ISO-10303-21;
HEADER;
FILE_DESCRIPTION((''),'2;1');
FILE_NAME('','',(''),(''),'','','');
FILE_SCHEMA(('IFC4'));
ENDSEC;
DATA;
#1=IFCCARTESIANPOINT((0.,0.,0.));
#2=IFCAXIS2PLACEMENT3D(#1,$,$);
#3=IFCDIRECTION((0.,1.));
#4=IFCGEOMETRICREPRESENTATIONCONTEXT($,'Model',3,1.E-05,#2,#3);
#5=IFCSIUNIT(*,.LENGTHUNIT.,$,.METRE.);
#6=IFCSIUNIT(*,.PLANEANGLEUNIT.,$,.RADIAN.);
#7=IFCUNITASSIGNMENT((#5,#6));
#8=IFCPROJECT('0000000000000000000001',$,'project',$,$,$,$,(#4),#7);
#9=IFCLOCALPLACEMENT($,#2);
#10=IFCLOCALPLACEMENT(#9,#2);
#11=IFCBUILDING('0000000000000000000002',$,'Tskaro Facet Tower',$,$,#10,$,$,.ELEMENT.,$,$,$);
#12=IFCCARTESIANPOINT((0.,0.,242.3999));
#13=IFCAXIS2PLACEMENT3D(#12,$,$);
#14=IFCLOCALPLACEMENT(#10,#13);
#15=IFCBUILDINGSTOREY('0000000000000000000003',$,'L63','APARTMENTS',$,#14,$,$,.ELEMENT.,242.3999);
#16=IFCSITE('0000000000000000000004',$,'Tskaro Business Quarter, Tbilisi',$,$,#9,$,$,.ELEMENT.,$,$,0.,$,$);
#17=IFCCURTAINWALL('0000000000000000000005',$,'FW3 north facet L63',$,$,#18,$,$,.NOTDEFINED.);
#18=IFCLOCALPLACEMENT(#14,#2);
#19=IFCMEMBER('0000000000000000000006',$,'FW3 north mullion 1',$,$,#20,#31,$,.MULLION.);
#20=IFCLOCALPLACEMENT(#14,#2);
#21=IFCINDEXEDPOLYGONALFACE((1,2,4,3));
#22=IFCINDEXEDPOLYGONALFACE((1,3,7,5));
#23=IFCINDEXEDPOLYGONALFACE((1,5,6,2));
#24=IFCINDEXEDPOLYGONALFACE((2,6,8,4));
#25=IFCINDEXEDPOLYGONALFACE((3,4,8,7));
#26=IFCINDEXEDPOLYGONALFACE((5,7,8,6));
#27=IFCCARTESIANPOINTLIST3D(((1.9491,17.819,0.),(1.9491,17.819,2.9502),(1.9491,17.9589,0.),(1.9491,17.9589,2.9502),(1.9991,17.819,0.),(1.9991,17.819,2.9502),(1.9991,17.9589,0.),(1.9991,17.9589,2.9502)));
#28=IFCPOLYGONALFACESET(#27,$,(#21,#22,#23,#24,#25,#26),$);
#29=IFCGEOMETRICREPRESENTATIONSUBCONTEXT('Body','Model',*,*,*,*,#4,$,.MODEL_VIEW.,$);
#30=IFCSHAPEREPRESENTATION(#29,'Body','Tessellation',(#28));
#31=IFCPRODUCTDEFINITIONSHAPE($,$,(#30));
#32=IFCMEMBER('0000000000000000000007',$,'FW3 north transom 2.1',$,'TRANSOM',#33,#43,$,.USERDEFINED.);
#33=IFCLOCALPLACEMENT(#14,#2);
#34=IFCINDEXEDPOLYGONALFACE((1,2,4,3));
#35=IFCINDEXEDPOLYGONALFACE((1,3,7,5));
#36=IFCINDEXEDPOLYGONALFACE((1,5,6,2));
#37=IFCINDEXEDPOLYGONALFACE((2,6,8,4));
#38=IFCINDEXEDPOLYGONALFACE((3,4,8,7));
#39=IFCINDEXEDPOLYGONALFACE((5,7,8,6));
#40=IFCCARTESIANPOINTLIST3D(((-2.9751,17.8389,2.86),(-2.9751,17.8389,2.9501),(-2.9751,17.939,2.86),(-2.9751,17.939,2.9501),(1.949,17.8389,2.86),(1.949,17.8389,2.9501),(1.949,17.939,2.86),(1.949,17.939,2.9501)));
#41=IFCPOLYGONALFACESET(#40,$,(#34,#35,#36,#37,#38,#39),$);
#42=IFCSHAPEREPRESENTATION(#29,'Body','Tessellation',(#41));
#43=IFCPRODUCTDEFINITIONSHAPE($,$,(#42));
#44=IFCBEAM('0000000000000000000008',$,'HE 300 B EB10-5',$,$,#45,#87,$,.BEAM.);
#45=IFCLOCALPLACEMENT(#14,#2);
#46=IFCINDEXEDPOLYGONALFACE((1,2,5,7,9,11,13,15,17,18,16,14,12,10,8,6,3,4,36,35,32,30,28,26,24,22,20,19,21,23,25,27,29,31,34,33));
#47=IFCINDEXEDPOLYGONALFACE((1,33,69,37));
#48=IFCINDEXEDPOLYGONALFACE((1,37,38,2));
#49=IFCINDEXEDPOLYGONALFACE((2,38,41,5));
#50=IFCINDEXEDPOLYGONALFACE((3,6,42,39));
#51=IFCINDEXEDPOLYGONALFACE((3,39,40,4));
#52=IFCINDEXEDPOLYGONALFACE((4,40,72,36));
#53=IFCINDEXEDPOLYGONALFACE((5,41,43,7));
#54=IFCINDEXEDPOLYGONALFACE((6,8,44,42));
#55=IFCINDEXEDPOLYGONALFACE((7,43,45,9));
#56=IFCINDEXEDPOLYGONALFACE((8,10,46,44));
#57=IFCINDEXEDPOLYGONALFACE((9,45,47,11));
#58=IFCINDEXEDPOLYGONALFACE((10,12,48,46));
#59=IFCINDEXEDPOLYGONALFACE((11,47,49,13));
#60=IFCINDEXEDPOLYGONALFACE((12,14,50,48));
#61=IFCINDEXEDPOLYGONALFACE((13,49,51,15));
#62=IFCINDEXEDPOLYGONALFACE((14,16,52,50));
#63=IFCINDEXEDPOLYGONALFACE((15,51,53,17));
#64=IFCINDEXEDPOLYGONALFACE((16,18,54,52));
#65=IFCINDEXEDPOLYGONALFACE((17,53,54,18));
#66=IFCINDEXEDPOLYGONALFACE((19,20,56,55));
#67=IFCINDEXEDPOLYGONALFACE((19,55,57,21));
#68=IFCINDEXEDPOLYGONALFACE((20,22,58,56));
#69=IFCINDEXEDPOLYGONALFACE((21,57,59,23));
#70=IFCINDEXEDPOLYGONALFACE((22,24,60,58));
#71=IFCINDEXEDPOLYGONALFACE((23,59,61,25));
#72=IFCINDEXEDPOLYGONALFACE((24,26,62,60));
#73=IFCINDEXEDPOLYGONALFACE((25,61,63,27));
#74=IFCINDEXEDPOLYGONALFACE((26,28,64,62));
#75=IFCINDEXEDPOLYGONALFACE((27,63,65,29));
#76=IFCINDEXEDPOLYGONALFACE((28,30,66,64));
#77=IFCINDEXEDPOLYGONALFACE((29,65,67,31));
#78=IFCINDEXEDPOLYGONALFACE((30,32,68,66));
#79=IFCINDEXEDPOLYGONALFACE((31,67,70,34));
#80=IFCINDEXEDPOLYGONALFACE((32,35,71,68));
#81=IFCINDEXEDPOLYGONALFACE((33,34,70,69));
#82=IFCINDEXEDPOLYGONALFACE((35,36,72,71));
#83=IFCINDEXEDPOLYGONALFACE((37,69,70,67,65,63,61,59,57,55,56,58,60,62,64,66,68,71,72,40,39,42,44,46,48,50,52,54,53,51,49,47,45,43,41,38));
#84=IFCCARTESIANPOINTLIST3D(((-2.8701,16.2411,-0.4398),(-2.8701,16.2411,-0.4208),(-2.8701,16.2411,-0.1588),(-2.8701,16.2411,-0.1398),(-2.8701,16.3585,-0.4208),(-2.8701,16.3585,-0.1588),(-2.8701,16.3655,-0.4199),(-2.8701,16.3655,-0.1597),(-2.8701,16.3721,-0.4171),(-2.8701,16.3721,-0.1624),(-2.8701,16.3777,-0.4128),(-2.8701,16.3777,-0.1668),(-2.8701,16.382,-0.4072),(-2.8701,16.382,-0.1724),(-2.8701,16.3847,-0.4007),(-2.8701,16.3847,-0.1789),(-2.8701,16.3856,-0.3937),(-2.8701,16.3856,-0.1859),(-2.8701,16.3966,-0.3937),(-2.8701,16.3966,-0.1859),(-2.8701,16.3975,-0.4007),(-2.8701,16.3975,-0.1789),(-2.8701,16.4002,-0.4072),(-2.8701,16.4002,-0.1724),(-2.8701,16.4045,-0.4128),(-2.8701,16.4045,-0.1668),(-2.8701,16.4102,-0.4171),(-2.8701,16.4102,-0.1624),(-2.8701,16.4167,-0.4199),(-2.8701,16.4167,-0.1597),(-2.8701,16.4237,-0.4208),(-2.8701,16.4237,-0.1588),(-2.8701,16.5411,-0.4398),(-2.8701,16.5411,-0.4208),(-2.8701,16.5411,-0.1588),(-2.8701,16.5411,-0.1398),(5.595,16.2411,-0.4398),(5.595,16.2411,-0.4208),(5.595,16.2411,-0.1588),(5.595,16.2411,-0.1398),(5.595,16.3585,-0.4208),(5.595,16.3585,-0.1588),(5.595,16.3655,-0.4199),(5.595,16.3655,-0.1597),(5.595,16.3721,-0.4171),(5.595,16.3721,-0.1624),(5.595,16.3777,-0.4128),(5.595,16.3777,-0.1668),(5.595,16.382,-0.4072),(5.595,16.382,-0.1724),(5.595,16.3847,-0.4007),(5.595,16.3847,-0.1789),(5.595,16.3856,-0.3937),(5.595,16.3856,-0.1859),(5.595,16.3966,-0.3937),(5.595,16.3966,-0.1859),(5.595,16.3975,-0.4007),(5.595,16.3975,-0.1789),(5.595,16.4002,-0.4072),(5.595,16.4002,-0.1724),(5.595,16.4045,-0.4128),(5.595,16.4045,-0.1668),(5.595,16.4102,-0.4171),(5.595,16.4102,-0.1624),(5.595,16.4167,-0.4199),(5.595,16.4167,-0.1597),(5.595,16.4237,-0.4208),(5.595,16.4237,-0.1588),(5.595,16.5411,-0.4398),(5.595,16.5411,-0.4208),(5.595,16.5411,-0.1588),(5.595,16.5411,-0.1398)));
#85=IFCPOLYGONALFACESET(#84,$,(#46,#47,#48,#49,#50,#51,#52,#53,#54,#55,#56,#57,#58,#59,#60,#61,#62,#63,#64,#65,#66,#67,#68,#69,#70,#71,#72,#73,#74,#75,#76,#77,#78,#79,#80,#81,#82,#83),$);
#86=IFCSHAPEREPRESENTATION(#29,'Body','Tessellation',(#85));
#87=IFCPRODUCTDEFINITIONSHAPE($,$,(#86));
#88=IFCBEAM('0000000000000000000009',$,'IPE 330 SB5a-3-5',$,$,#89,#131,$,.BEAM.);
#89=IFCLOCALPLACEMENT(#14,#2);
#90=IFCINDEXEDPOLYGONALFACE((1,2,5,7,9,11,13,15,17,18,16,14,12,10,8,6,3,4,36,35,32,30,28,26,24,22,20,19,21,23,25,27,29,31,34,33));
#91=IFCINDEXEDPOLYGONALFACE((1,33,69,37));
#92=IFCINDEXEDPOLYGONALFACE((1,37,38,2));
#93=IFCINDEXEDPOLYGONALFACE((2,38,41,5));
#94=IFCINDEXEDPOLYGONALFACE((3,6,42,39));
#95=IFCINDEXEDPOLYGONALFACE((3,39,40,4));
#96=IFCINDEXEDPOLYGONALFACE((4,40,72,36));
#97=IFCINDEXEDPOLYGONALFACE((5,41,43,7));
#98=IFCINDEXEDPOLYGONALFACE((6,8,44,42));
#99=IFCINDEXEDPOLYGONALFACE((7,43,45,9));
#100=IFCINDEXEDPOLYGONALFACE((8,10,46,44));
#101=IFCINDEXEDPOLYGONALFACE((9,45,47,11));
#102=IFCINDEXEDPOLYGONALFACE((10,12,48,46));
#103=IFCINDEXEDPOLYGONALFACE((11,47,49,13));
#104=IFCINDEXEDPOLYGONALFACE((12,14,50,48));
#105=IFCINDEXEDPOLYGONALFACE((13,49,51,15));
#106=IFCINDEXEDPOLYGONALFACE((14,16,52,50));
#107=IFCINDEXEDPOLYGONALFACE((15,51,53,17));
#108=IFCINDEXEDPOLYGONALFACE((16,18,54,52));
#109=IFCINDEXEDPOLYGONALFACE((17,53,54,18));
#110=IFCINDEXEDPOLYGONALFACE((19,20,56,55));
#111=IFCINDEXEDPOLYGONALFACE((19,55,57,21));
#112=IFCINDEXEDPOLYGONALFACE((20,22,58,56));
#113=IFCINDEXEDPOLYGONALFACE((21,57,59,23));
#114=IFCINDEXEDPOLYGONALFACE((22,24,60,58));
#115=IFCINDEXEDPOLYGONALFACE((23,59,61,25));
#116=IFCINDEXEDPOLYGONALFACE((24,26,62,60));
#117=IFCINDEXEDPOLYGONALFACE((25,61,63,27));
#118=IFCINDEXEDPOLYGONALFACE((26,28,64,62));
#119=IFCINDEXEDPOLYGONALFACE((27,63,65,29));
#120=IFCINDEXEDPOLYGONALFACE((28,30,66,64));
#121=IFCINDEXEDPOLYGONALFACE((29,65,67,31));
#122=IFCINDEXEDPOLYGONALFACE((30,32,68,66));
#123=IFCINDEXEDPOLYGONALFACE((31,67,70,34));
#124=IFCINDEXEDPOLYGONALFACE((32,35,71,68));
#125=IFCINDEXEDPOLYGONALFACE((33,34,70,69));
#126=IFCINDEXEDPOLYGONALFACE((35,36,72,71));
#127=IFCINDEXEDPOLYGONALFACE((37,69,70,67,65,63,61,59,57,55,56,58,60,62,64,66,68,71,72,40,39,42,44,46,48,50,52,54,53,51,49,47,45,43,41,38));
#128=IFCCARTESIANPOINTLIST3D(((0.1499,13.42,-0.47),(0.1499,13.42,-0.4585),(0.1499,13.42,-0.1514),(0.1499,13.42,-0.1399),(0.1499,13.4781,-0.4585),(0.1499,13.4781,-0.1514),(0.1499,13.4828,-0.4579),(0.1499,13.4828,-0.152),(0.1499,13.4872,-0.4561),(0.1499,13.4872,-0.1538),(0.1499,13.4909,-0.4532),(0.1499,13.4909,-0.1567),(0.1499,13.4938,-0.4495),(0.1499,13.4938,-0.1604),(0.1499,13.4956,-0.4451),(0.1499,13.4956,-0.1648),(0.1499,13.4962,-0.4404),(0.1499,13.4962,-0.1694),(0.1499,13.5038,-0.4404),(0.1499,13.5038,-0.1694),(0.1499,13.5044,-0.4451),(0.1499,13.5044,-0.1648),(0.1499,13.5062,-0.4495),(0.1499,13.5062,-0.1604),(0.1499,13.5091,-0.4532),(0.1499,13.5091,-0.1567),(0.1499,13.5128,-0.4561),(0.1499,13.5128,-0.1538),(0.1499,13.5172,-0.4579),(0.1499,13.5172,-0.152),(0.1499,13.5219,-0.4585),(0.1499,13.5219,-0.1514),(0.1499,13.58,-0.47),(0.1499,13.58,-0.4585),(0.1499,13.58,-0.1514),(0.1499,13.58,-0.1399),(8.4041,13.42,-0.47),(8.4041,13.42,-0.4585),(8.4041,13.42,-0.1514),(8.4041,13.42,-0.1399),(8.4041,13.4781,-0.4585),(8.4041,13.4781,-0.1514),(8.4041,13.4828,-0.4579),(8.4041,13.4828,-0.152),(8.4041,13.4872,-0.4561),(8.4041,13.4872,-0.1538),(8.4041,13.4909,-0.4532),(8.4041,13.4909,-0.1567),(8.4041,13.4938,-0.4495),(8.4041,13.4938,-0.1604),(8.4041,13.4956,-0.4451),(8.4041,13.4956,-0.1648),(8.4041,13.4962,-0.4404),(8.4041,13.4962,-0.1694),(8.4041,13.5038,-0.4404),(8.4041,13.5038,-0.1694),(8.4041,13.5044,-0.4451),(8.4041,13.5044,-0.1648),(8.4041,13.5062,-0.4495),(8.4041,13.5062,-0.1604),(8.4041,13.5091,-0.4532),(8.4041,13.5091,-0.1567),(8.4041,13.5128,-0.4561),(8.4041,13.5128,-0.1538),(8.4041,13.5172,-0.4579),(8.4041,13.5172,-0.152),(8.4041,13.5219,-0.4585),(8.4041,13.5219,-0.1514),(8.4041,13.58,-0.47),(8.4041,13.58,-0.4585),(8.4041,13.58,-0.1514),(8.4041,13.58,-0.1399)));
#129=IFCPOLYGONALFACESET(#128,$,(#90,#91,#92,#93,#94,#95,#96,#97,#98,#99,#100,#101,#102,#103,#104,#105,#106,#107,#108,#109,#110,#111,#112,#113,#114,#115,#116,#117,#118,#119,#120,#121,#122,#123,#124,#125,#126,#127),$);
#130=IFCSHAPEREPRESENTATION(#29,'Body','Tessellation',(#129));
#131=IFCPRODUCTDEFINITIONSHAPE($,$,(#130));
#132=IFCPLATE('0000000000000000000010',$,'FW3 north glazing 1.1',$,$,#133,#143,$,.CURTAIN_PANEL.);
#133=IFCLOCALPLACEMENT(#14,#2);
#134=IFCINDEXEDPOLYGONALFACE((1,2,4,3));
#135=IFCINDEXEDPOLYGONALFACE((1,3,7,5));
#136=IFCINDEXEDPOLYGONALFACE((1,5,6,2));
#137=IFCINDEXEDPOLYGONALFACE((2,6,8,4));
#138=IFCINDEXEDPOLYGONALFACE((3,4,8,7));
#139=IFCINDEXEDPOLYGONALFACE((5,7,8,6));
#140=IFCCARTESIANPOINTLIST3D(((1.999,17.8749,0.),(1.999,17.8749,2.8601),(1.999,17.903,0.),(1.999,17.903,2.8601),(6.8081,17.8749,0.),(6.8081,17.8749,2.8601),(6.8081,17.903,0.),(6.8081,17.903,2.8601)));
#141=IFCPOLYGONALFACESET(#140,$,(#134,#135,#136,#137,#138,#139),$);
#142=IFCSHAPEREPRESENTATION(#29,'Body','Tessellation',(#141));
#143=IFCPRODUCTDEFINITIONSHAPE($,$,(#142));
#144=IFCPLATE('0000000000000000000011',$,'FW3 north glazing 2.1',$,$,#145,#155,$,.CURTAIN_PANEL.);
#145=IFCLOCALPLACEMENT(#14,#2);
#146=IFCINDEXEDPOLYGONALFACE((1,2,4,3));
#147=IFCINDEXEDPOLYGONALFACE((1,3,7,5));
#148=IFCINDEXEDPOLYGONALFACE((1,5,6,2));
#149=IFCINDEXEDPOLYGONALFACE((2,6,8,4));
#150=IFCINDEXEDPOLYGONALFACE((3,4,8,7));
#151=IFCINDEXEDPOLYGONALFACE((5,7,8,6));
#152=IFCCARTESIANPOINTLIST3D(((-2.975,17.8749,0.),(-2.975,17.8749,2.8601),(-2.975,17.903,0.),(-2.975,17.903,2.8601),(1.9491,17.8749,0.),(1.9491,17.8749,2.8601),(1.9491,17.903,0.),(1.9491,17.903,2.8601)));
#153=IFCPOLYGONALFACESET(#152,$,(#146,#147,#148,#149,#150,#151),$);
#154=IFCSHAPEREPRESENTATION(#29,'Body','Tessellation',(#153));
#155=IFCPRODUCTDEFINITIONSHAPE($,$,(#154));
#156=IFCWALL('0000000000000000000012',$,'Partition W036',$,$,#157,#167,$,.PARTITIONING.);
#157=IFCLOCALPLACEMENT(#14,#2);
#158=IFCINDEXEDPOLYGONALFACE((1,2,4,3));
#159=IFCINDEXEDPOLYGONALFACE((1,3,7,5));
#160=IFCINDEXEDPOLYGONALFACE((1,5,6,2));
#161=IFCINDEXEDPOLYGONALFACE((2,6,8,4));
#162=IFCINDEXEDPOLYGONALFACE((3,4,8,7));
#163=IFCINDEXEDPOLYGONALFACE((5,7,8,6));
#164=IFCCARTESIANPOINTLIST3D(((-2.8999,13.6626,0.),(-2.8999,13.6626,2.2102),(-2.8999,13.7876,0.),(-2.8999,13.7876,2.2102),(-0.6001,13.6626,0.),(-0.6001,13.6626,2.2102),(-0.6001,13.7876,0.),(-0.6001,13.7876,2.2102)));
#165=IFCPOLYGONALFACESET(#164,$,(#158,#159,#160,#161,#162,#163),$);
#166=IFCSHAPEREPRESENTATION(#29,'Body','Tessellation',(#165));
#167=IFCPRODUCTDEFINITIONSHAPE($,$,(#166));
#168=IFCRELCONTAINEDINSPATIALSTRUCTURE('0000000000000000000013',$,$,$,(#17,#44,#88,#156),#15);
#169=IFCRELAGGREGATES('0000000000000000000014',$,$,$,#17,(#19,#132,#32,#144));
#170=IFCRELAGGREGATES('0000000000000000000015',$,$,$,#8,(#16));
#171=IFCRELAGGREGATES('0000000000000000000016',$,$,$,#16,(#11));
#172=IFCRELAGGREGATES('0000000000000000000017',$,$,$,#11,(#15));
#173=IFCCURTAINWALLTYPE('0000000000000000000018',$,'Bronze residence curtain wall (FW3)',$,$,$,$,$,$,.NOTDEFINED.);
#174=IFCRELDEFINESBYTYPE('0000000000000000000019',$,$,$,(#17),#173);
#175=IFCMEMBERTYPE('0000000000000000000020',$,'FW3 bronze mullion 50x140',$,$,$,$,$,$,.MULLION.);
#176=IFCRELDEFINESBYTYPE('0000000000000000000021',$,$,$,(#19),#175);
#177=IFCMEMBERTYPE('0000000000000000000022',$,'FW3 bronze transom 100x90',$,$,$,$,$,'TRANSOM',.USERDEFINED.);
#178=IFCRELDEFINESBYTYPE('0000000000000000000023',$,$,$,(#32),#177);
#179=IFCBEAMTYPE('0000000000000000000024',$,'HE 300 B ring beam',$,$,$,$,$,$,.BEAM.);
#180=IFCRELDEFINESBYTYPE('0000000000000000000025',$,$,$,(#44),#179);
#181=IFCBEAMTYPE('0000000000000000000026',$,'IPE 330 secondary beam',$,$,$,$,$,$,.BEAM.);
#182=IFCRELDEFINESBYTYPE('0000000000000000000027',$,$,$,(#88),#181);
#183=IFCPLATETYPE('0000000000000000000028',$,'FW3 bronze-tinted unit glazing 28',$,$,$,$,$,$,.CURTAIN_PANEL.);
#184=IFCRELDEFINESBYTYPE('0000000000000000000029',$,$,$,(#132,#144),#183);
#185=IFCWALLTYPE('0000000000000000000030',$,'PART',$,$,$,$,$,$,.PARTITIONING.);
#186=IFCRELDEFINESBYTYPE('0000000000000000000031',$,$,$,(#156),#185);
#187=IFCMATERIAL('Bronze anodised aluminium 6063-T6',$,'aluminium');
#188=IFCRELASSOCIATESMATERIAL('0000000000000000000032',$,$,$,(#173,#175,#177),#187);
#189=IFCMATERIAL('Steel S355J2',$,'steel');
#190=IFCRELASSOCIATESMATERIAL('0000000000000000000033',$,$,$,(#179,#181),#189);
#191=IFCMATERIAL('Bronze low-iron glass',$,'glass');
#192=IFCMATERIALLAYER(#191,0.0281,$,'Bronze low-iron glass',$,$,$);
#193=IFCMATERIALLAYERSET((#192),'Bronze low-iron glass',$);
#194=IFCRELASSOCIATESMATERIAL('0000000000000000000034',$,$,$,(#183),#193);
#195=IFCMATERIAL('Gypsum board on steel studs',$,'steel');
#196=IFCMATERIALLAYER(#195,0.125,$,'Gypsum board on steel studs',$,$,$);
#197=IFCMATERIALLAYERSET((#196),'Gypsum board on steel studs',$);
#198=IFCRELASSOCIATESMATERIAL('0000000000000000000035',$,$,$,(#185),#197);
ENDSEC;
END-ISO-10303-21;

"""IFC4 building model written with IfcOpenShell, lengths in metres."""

from ifc_helpers import new_model, si_unit, direction, frame, frame_2d, origin, origin_2d, place, context, subcontext, project, spatial, rectangle, i_section, extrude, material, layer, layer_set, material_profile, profile_set, type_object, element, aggregate, save


model = new_model("IFC4")

# Units and contexts
model_context = context("Model", 3, precision=1e-05, world=origin(), true_north=direction((0.0, 1.0)))
body_context = subcontext(model_context, "Body", "Model", "MODEL_VIEW")
ifc_project = project(units=[si_unit("LENGTHUNIT", "METRE"), si_unit("PLANEANGLEUNIT", "RADIAN")], contexts=[model_context])

# Site, building, storey
site_placement = place(None, origin())
site = spatial("IfcSite", under=ifc_project, at=site_placement, Name="Tskaro Business Quarter, Tbilisi", CompositionType="ELEMENT", RefElevation=0.0)
building_placement = place(site_placement, origin())
building = spatial("IfcBuilding", under=site, at=building_placement, Name="Tskaro Facet Tower", CompositionType="ELEMENT")
storey_placement = place(building_placement, frame((0.0, 0.0, 242.3999)))
storey = spatial("IfcBuildingStorey", under=building, at=storey_placement, Name="L63", Description="APARTMENTS", CompositionType="ELEMENT", Elevation=242.3999)

# Curtain wall, members
ifc_material_1 = material(Name="Bronze anodised aluminium 6063-T6", Category="aluminium")
curtain_wall_type = type_object("IfcCurtainWallType", Name="Bronze residence curtain wall (FW3)", PredefinedType="NOTDEFINED", material=ifc_material_1)
curtain_wall_placement = place(storey_placement, origin())
curtain_wall = element("IfcCurtainWall", 1, at=curtain_wall_placement, inside=storey, type_object=curtain_wall_type, Name="FW3 north facet L63", PredefinedType="NOTDEFINED")
ifc_material_profile_1 = material_profile(ifc_material_1, rectangle(XDim=0.05, YDim=0.1399, at=origin_2d()), Name="Mullion 50x140")
ifc_profile_set_1 = profile_set([ifc_material_profile_1], Name="Bronze anodised aluminium 6063-T6")
member_type_1 = type_object("IfcMemberType", Name="FW3 bronze mullion 50x140", PredefinedType="MULLION", material=ifc_profile_set_1)
member_1_placement = place(storey_placement, frame((1.9741, 17.8889, 0.0), z_axis=(0.0, 0.0, 1.0), x_axis=(-1.0, 0.0, 0.0)))
member_1 = element("IfcMember", 2, at=member_1_placement, type_object=member_type_1, Name="FW3 north mullion 1", PredefinedType="MULLION", context=body_context, shape_type="SweptSolid", body=[
    extrude(rectangle(XDim=0.05, YDim=0.1399, at=origin_2d()), origin(), (0.0, 0.0, 1.0), 2.9502),
])
ifc_material_profile_2 = material_profile(ifc_material_1, rectangle(XDim=0.1001, YDim=0.0901, at=origin_2d()), Name="Transom 100x90")
ifc_profile_set_2 = profile_set([ifc_material_profile_2], Name="Bronze anodised aluminium 6063-T6")
member_type_2 = type_object("IfcMemberType", Name="FW3 bronze transom 100x90", ElementType="TRANSOM", PredefinedType="USERDEFINED", material=ifc_profile_set_2)
member_2_placement = place(storey_placement, frame((1.949, 17.8889, 2.905), z_axis=(-1.0, 0.0, 0.0), x_axis=(0.0, -1.0, 0.0)))
member_2 = element("IfcMember", 3, at=member_2_placement, type_object=member_type_2, Name="FW3 north transom 2.1", ObjectType="TRANSOM", PredefinedType="USERDEFINED", context=body_context, shape_type="SweptSolid", body=[
    extrude(rectangle(XDim=0.1001, YDim=0.0901, at=origin_2d()), origin(), (0.0, 0.0, 1.0), 4.9241),
])

# Beams
ifc_material_2 = material(Name="Steel S355J2", Category="steel")
ifc_material_profile_3 = material_profile(ifc_material_2, i_section(OverallWidth=0.3, OverallDepth=0.3, WebThickness=0.011, FlangeThickness=0.019, FilletRadius=0.0271, at=origin_2d()), Name="HE 300 B")
ifc_profile_set_3 = profile_set([ifc_material_profile_3], Name="Steel S355J2")
beam_type_1 = type_object("IfcBeamType", Name="HE 300 B ring beam", PredefinedType="BEAM", material=ifc_profile_set_3)
beam_1_placement = place(storey_placement, frame((5.595, 16.3911, -0.2898), z_axis=(-1.0, 0.0, 0.0), x_axis=(0.0, -1.0, 0.0)))
element("IfcBeam", 4, at=beam_1_placement, inside=storey, type_object=beam_type_1, Name="HE 300 B EB10-5", PredefinedType="BEAM", context=body_context, shape_type="SweptSolid", body=[
    extrude(i_section(OverallWidth=0.3, OverallDepth=0.3, WebThickness=0.011, FlangeThickness=0.019, FilletRadius=0.0271, at=origin_2d()), origin(), (0.0, 0.0, 1.0), 8.4651),
])
ifc_material_profile_4 = material_profile(ifc_material_2, i_section(OverallWidth=0.1599, OverallDepth=0.3301, WebThickness=0.0076, FlangeThickness=0.0115, FilletRadius=0.0181, at=origin_2d()), Name="IPE 330")
ifc_profile_set_4 = profile_set([ifc_material_profile_4], Name="Steel S355J2")
beam_type_2 = type_object("IfcBeamType", Name="IPE 330 secondary beam", PredefinedType="BEAM", material=ifc_profile_set_4)
beam_2_placement = place(storey_placement, frame((0.1499, 13.5, -0.3049), z_axis=(1.0, 0.0, 0.0), x_axis=(0.0, 1.0, 0.0)))
element("IfcBeam", 5, at=beam_2_placement, inside=storey, type_object=beam_type_2, Name="IPE 330 SB5a-3-5", PredefinedType="BEAM", context=body_context, shape_type="SweptSolid", body=[
    extrude(i_section(OverallWidth=0.1599, OverallDepth=0.3301, WebThickness=0.0076, FlangeThickness=0.0115, FilletRadius=0.0181, at=origin_2d()), origin(), (0.0, 0.0, 1.0), 8.2542),
])

# Plates
ifc_material_3 = material(Name="Bronze low-iron glass", Category="glass")
ifc_layer_1 = layer(ifc_material_3, 0.0281, Name="Bronze low-iron glass")
ifc_layer_set_1 = layer_set([ifc_layer_1], Name="Bronze low-iron glass")
plate_type = type_object("IfcPlateType", Name="FW3 bronze-tinted unit glazing 28", PredefinedType="CURTAIN_PANEL", material=ifc_layer_set_1)
plate_1_placement = place(storey_placement, frame((4.4036, 17.8889, 0.0), z_axis=(0.0, 0.0, 1.0), x_axis=(-1.0, 0.0, 0.0)))
plate_1 = element("IfcPlate", 6, at=plate_1_placement, type_object=plate_type, Name="FW3 north glazing 1.1", PredefinedType="CURTAIN_PANEL", context=body_context, shape_type="SweptSolid", body=[
    extrude(rectangle(XDim=4.8091, YDim=0.0281, at=origin_2d()), origin(), (0.0, 0.0, 1.0), 2.8601),
])
plate_2_placement = place(storey_placement, frame((-0.5129, 17.8889, 0.0), z_axis=(0.0, 0.0, 1.0), x_axis=(-1.0, 0.0, 0.0)))
plate_2 = element("IfcPlate", 7, at=plate_2_placement, type_object=plate_type, Name="FW3 north glazing 2.1", PredefinedType="CURTAIN_PANEL", context=body_context, shape_type="SweptSolid", body=[
    extrude(rectangle(XDim=4.9241, YDim=0.0281, at=origin_2d()), origin(), (0.0, 0.0, 1.0), 2.8601),
])
aggregate(curtain_wall, [member_1, plate_1, member_2, plate_2])

# Wall
ifc_material_4 = material(Name="Gypsum board on steel studs", Category="steel")
ifc_layer_2 = layer(ifc_material_4, 0.125, Name="Gypsum board on steel studs")
ifc_layer_set_2 = layer_set([ifc_layer_2], Name="Gypsum board on steel studs")
wall_type_1 = type_object("IfcWallType", Name="PART", PredefinedType="PARTITIONING", material=ifc_layer_set_2)
wall_1_placement = place(storey_placement, frame((-2.8999, 13.7251, 0.0), z_axis=(0.0, 0.0, 1.0), x_axis=(1.0, 0.0, 0.0)))
element("IfcWall", 8, at=wall_1_placement, inside=storey, type_object=wall_type_1, Name="Partition W036", PredefinedType="PARTITIONING", context=body_context, shape_type="SweptSolid", body=[
    extrude(rectangle(XDim=2.2998, YDim=0.125, at=frame_2d((1.1499, 0.0))), origin(), (0.0, 0.0, 1.0), 2.2102),
])

save(model, "model.ifc")
